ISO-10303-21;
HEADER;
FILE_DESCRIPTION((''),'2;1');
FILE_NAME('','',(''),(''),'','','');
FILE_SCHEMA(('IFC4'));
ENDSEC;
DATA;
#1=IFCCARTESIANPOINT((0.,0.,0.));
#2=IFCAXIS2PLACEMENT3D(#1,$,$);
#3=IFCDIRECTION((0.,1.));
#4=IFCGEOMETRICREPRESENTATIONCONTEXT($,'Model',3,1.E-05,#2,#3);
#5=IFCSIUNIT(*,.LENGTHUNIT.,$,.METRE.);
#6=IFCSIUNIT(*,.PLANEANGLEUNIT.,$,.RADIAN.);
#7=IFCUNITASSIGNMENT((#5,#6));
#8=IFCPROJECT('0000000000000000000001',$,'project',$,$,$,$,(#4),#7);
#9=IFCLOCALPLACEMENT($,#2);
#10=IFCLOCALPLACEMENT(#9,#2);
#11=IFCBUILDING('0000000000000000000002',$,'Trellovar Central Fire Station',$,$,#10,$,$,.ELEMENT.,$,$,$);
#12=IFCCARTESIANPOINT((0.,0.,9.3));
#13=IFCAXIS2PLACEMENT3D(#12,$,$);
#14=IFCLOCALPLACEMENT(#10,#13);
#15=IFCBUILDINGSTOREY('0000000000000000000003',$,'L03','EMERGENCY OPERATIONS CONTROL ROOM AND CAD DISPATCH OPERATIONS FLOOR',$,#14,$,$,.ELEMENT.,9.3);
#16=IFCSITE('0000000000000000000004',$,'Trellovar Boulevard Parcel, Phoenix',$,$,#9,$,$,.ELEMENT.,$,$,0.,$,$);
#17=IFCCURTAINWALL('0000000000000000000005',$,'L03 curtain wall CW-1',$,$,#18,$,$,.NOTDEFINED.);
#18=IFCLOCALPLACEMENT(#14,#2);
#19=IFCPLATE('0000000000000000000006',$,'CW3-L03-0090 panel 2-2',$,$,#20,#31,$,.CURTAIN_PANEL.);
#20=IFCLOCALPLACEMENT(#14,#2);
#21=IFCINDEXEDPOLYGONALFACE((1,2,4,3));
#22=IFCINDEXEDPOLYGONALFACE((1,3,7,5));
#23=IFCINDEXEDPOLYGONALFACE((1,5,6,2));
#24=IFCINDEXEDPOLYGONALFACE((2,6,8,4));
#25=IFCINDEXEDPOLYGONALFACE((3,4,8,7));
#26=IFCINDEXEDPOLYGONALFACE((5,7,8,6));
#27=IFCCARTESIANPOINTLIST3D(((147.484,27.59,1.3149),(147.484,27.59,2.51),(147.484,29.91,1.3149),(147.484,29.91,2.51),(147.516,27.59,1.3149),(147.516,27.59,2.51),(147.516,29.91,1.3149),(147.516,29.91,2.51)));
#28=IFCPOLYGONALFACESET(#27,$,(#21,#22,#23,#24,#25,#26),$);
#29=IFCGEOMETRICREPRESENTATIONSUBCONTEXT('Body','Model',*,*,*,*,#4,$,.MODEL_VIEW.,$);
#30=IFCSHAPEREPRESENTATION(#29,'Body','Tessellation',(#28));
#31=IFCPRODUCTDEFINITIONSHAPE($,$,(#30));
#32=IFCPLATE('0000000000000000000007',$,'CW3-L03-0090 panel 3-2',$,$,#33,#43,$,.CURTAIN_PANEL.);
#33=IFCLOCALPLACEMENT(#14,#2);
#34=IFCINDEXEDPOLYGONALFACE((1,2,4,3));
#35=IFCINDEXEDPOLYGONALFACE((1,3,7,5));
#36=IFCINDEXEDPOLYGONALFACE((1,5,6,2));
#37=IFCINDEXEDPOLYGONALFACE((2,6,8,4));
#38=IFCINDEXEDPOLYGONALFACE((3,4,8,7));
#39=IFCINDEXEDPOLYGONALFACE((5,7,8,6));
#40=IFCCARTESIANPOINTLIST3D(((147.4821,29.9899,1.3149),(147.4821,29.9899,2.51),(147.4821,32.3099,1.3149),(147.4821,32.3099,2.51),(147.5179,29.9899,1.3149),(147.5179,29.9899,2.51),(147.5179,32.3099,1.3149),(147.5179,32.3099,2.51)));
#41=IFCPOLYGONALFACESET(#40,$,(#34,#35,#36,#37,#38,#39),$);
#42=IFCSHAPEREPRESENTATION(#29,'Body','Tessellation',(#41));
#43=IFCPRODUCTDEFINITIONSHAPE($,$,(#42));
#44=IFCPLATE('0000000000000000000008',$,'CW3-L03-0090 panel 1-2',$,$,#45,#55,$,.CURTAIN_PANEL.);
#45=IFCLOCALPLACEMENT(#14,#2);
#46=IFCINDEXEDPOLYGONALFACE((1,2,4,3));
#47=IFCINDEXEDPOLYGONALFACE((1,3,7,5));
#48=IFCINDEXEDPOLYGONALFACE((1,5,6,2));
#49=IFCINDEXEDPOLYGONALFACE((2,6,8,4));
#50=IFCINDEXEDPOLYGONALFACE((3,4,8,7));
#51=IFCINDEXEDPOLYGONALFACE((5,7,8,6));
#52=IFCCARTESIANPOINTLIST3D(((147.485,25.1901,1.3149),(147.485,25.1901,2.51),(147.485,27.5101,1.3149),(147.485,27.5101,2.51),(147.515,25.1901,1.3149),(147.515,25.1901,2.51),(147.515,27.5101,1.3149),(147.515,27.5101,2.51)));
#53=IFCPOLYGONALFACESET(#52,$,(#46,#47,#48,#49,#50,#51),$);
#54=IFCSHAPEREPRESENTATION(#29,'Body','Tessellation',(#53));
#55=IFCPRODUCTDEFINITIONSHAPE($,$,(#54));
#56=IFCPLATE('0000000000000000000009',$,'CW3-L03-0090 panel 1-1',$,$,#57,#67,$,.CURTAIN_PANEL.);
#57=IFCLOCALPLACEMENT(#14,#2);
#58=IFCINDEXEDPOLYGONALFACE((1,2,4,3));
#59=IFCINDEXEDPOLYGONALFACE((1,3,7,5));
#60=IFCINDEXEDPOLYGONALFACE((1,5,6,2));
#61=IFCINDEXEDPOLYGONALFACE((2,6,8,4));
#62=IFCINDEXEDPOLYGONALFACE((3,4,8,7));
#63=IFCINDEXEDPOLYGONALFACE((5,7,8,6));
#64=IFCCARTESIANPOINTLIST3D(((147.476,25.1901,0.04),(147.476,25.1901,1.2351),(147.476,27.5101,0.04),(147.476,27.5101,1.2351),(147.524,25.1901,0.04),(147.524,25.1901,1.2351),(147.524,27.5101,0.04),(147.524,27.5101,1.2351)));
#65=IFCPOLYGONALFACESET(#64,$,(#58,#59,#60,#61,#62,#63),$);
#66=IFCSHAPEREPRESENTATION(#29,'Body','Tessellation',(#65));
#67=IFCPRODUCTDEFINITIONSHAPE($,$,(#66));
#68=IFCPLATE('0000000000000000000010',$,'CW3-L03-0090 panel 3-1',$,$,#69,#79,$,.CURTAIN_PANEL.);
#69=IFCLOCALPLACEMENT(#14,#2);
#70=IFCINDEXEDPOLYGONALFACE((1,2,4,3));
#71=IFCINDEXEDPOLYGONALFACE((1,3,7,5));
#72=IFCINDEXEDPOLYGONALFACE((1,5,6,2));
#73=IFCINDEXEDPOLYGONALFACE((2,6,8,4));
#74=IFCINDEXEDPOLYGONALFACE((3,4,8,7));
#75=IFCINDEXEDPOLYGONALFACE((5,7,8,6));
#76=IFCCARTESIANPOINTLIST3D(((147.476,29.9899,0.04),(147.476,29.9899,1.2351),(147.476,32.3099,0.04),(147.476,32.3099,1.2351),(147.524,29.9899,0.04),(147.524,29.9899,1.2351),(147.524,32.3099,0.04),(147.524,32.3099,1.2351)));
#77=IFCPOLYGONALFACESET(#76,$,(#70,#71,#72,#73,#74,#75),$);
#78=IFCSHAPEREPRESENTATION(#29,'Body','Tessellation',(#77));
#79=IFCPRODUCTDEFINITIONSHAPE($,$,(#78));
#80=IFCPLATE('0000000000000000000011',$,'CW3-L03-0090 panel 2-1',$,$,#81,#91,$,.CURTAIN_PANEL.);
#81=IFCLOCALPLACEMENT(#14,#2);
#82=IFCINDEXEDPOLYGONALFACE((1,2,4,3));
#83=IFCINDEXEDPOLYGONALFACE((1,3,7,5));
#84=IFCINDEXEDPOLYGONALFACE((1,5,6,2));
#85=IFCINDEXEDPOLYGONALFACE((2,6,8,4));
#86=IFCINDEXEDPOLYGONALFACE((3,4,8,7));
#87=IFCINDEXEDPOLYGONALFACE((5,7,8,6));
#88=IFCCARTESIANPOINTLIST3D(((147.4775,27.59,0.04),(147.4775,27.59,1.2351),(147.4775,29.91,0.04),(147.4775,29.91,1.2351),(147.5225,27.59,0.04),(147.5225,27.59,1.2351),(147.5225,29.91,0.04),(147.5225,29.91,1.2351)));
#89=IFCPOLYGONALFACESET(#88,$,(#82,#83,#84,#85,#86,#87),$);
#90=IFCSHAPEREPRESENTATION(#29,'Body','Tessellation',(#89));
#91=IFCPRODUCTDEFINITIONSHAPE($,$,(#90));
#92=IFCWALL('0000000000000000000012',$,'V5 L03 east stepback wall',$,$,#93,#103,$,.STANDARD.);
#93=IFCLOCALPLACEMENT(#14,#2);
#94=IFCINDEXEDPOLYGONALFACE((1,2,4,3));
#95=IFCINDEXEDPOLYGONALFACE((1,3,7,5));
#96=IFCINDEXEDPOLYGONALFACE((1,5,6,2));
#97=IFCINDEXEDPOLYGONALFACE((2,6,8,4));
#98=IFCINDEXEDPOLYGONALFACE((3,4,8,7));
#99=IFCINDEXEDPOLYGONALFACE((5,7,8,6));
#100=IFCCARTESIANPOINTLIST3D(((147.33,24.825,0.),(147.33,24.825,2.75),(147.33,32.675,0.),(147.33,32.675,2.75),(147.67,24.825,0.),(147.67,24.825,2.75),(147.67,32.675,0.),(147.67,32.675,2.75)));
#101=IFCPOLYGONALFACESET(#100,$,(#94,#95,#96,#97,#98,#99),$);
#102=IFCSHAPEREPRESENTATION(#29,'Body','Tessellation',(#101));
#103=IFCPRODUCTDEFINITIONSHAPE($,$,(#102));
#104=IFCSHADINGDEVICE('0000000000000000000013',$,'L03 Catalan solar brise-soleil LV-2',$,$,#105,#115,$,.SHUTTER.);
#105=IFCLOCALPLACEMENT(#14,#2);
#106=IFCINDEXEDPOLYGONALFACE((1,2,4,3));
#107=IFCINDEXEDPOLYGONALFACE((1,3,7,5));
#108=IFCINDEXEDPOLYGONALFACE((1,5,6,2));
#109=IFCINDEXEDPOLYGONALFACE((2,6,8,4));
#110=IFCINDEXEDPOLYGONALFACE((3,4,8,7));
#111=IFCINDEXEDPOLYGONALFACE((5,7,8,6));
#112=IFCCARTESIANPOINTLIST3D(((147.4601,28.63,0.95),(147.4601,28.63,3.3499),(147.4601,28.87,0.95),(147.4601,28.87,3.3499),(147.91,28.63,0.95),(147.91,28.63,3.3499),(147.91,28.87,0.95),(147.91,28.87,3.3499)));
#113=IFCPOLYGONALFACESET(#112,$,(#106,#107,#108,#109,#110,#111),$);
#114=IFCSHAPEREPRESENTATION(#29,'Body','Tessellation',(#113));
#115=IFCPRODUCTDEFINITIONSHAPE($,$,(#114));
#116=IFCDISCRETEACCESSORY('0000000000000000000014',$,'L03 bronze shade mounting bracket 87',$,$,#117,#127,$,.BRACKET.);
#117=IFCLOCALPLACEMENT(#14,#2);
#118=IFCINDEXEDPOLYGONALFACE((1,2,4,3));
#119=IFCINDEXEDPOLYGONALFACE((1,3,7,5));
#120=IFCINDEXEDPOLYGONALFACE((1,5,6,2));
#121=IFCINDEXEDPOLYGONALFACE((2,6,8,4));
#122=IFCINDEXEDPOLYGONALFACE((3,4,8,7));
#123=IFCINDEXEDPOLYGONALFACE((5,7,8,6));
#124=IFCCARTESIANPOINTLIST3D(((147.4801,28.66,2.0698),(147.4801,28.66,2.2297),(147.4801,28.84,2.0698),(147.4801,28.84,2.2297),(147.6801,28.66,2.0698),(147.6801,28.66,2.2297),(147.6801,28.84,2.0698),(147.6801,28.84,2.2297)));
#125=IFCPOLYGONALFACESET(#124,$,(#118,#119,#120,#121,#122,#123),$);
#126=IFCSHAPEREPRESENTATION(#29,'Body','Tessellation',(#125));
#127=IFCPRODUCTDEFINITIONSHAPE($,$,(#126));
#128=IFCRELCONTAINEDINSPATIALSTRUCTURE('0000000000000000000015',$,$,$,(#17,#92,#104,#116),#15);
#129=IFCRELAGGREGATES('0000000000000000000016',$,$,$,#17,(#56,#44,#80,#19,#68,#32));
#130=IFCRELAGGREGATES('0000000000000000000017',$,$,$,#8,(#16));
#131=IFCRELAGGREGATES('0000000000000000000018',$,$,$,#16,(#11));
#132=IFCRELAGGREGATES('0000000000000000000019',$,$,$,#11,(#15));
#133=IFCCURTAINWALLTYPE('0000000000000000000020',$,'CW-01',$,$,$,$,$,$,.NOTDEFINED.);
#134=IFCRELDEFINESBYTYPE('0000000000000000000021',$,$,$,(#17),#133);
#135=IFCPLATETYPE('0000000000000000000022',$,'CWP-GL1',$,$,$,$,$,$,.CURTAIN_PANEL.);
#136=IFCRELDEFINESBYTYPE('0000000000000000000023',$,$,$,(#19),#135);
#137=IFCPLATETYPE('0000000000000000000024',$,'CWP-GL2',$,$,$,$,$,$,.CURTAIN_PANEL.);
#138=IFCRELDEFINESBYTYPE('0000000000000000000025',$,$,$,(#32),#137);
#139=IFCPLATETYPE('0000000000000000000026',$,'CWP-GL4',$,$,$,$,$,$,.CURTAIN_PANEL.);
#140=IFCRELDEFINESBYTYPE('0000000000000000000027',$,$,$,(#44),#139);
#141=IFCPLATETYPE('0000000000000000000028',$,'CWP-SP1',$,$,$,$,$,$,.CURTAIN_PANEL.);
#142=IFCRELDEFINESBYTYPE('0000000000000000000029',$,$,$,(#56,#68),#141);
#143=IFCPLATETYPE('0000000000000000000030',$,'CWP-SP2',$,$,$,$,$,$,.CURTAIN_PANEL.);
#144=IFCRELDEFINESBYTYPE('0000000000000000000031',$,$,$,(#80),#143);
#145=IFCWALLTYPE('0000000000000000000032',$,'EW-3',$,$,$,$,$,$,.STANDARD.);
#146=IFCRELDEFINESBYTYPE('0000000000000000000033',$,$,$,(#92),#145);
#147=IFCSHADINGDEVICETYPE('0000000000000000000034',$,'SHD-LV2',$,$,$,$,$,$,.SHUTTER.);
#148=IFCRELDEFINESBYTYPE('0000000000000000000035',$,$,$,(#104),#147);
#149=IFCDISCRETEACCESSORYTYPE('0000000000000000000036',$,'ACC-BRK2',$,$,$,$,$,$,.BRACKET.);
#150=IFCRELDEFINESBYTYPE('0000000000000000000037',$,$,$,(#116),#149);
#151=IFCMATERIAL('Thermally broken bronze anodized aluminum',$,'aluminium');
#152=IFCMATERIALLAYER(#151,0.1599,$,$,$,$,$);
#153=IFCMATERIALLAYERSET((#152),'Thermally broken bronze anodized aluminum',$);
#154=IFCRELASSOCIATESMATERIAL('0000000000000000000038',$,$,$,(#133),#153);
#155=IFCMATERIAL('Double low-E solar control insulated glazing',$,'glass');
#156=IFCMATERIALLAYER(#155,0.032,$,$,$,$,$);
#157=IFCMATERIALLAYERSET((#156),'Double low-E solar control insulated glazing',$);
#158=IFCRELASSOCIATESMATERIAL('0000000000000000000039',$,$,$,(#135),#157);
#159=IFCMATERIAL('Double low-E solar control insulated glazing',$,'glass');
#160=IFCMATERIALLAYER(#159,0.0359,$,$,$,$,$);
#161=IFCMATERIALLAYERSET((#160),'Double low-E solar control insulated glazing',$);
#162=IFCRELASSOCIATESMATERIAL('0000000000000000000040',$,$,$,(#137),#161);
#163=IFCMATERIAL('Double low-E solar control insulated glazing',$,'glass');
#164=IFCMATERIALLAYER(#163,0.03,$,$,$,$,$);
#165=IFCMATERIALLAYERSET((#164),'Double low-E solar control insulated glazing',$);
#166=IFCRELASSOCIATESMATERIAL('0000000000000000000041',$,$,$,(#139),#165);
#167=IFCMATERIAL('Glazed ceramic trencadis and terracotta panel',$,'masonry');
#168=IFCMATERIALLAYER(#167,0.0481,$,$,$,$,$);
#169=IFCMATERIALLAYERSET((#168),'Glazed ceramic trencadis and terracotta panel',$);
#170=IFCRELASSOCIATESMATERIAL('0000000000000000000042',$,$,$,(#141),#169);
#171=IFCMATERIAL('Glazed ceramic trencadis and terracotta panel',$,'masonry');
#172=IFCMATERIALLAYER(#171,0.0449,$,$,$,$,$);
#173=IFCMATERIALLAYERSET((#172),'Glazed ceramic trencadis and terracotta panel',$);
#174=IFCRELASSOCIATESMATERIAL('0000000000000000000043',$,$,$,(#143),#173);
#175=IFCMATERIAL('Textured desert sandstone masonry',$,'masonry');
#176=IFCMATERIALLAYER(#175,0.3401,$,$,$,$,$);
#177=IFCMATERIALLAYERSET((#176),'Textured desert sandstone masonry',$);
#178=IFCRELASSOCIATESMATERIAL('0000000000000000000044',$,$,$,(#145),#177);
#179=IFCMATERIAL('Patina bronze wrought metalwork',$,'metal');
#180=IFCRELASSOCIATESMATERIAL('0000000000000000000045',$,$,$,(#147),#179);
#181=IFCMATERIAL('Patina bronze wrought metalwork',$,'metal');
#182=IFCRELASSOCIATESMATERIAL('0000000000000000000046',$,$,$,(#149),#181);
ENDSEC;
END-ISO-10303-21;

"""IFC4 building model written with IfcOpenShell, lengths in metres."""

from ifc_helpers import new_model, si_unit, direction, frame, frame_2d, origin, origin_2d, place, context, subcontext, project, spatial, rectangle, extrude, material, layer, layer_set, type_object, element, aggregate, save


model = new_model("IFC4")

# Units and contexts
model_context = context("Model", 3, precision=1e-05, world=origin(), true_north=direction((0.0, 1.0)))
body_context = subcontext(model_context, "Body", "Model", "MODEL_VIEW")
ifc_project = project(units=[si_unit("LENGTHUNIT", "METRE"), si_unit("PLANEANGLEUNIT", "RADIAN")], contexts=[model_context])

# Site, building, storey
site_placement = place(None, origin())
site = spatial("IfcSite", under=ifc_project, at=site_placement, Name="Trellovar Boulevard Parcel, Phoenix", CompositionType="ELEMENT", RefElevation=0.0)
building_placement = place(site_placement, origin())
building = spatial("IfcBuilding", under=site, at=building_placement, Name="Trellovar Central Fire Station", CompositionType="ELEMENT")
storey_placement = place(building_placement, frame((0.0, 0.0, 9.3)))
storey = spatial("IfcBuildingStorey", under=building, at=storey_placement, Name="L03", Description="EMERGENCY OPERATIONS CONTROL ROOM AND CAD DISPATCH OPERATIONS FLOOR", CompositionType="ELEMENT", Elevation=9.3)

# Curtain wall, plates
ifc_material_1 = material(Name="Thermally broken bronze anodized aluminum", Category="aluminium")
ifc_layer_1 = layer(ifc_material_1, 0.1599)
ifc_layer_set_1 = layer_set([ifc_layer_1], Name="Thermally broken bronze anodized aluminum")
curtain_wall_type = type_object("IfcCurtainWallType", Name="CW-01", PredefinedType="NOTDEFINED", material=ifc_layer_set_1)
curtain_wall_placement = place(storey_placement, origin())
curtain_wall = element("IfcCurtainWall", 1, at=curtain_wall_placement, inside=storey, type_object=curtain_wall_type, Name="L03 curtain wall CW-1", PredefinedType="NOTDEFINED")
ifc_material_2 = material(Name="Double low-E solar control insulated glazing", Category="glass")
ifc_layer_2 = layer(ifc_material_2, 0.032)
ifc_layer_set_2 = layer_set([ifc_layer_2], Name="Double low-E solar control insulated glazing")
plate_type_1 = type_object("IfcPlateType", Name="CWP-GL1", PredefinedType="CURTAIN_PANEL", material=ifc_layer_set_2)
plate_1_placement = place(storey_placement, frame((147.5, 28.75, 1.3149), z_axis=(0.0, 0.0, 1.0), x_axis=(0.0, 1.0, 0.0)))
plate_1 = element("IfcPlate", 2, at=plate_1_placement, type_object=plate_type_1, Name="CW3-L03-0090 panel 2-2", PredefinedType="CURTAIN_PANEL", context=body_context, shape_type="SweptSolid", body=[
    extrude(rectangle(XDim=2.3201, YDim=0.032, at=origin_2d()), origin(), (0.0, 0.0, 1.0), 1.1951),
])
ifc_material_3 = material(Name="Double low-E solar control insulated glazing", Category="glass")
ifc_layer_3 = layer(ifc_material_3, 0.0359)
ifc_layer_set_3 = layer_set([ifc_layer_3], Name="Double low-E solar control insulated glazing")
plate_type_2 = type_object("IfcPlateType", Name="CWP-GL2", PredefinedType="CURTAIN_PANEL", material=ifc_layer_set_3)
plate_2_placement = place(storey_placement, frame((147.5, 31.1499, 1.3149), z_axis=(0.0, 0.0, 1.0), x_axis=(0.0, 1.0, 0.0)))
plate_2 = element("IfcPlate", 3, at=plate_2_placement, type_object=plate_type_2, Name="CW3-L03-0090 panel 3-2", PredefinedType="CURTAIN_PANEL", context=body_context, shape_type="SweptSolid", body=[
    extrude(rectangle(XDim=2.3201, YDim=0.0359, at=origin_2d()), origin(), (0.0, 0.0, 1.0), 1.1951),
])
ifc_material_4 = material(Name="Double low-E solar control insulated glazing", Category="glass")
ifc_layer_4 = layer(ifc_material_4, 0.03)
ifc_layer_set_4 = layer_set([ifc_layer_4], Name="Double low-E solar control insulated glazing")
plate_type_3 = type_object("IfcPlateType", Name="CWP-GL4", PredefinedType="CURTAIN_PANEL", material=ifc_layer_set_4)
plate_3_placement = place(storey_placement, frame((147.5, 26.3501, 1.3149), z_axis=(0.0, 0.0, 1.0), x_axis=(0.0, 1.0, 0.0)))
plate_3 = element("IfcPlate", 4, at=plate_3_placement, type_object=plate_type_3, Name="CW3-L03-0090 panel 1-2", PredefinedType="CURTAIN_PANEL", context=body_context, shape_type="SweptSolid", body=[
    extrude(rectangle(XDim=2.3201, YDim=0.03, at=origin_2d()), origin(), (0.0, 0.0, 1.0), 1.1951),
])
ifc_material_5 = material(Name="Glazed ceramic trencadis and terracotta panel", Category="masonry")
ifc_layer_5 = layer(ifc_material_5, 0.0481)
ifc_layer_set_5 = layer_set([ifc_layer_5], Name="Glazed ceramic trencadis and terracotta panel")
plate_type_4 = type_object("IfcPlateType", Name="CWP-SP1", PredefinedType="CURTAIN_PANEL", material=ifc_layer_set_5)
plate_4_placement = place(storey_placement, frame((147.5, 26.3501, 0.04), z_axis=(0.0, 0.0, 1.0), x_axis=(0.0, 1.0, 0.0)))
plate_4 = element("IfcPlate", 5, at=plate_4_placement, type_object=plate_type_4, Name="CW3-L03-0090 panel 1-1", PredefinedType="CURTAIN_PANEL", context=body_context, shape_type="SweptSolid", body=[
    extrude(rectangle(XDim=2.3201, YDim=0.0481, at=origin_2d()), origin(), (0.0, 0.0, 1.0), 1.1951),
])
plate_5_placement = place(storey_placement, frame((147.5, 31.1499, 0.04), z_axis=(0.0, 0.0, 1.0), x_axis=(0.0, 1.0, 0.0)))
plate_5 = element("IfcPlate", 6, at=plate_5_placement, type_object=plate_type_4, Name="CW3-L03-0090 panel 3-1", PredefinedType="CURTAIN_PANEL", context=body_context, shape_type="SweptSolid", body=[
    extrude(rectangle(XDim=2.3201, YDim=0.0481, at=origin_2d()), origin(), (0.0, 0.0, 1.0), 1.1951),
])
ifc_material_6 = material(Name="Glazed ceramic trencadis and terracotta panel", Category="masonry")
ifc_layer_6 = layer(ifc_material_6, 0.0449)
ifc_layer_set_6 = layer_set([ifc_layer_6], Name="Glazed ceramic trencadis and terracotta panel")
plate_type_5 = type_object("IfcPlateType", Name="CWP-SP2", PredefinedType="CURTAIN_PANEL", material=ifc_layer_set_6)
plate_6_placement = place(storey_placement, frame((147.5, 28.75, 0.04), z_axis=(0.0, 0.0, 1.0), x_axis=(0.0, 1.0, 0.0)))
plate_6 = element("IfcPlate", 7, at=plate_6_placement, type_object=plate_type_5, Name="CW3-L03-0090 panel 2-1", PredefinedType="CURTAIN_PANEL", context=body_context, shape_type="SweptSolid", body=[
    extrude(rectangle(XDim=2.3201, YDim=0.0449, at=origin_2d()), origin(), (0.0, 0.0, 1.0), 1.1951),
])
aggregate(curtain_wall, [plate_4, plate_3, plate_6, plate_1, plate_5, plate_2])

# Wall
ifc_material_7 = material(Name="Textured desert sandstone masonry", Category="masonry")
ifc_layer_7 = layer(ifc_material_7, 0.3401)
ifc_layer_set_7 = layer_set([ifc_layer_7], Name="Textured desert sandstone masonry")
wall_type = type_object("IfcWallType", Name="EW-3", PredefinedType="STANDARD", material=ifc_layer_set_7)
wall_placement = place(storey_placement, frame((147.5, 24.825, 0.0), z_axis=(0.0, 0.0, 1.0), x_axis=(0.0, 1.0, 0.0)))
element("IfcWall", 8, at=wall_placement, inside=storey, type_object=wall_type, Name="V5 L03 east stepback wall", PredefinedType="STANDARD", context=body_context, shape_type="SweptSolid", body=[
    extrude(rectangle(XDim=7.8501, YDim=0.3401, at=frame_2d((3.925, 0.0))), origin(), (0.0, 0.0, 1.0), 2.75),
])

# Shading device
ifc_material_8 = material(Name="Patina bronze wrought metalwork", Category="metal")
shading_device_type = type_object("IfcShadingDeviceType", Name="SHD-LV2", PredefinedType="SHUTTER", material=ifc_material_8)
shading_device_placement = place(storey_placement, frame((147.6851, 28.75, 0.95), z_axis=(0.0, 0.0, 1.0), x_axis=(1.0, 0.0, 0.0)))
element("IfcShadingDevice", 9, at=shading_device_placement, inside=storey, type_object=shading_device_type, Name="L03 Catalan solar brise-soleil LV-2", PredefinedType="SHUTTER", context=body_context, shape_type="SweptSolid", body=[
    extrude(rectangle(XDim=0.45, YDim=0.24, at=origin_2d()), origin(), (0.0, 0.0, 1.0), 2.3999),
])

# Discrete accessory
ifc_material_9 = material(Name="Patina bronze wrought metalwork", Category="metal")
discrete_accessory_type = type_object("IfcDiscreteAccessoryType", Name="ACC-BRK2", PredefinedType="BRACKET", material=ifc_material_9)
discrete_accessory_placement = place(storey_placement, frame((147.5801, 28.75, 2.0698), z_axis=(0.0, 0.0, 1.0), x_axis=(1.0, 0.0, 0.0)))
element("IfcDiscreteAccessory", 10, at=discrete_accessory_placement, inside=storey, type_object=discrete_accessory_type, Name="L03 bronze shade mounting bracket 87", PredefinedType="BRACKET", context=body_context, shape_type="SweptSolid", body=[
    extrude(rectangle(XDim=0.2, YDim=0.1799, at=origin_2d()), origin(), (0.0, 0.0, 1.0), 0.1599),
])

save(model, "model.ifc")
